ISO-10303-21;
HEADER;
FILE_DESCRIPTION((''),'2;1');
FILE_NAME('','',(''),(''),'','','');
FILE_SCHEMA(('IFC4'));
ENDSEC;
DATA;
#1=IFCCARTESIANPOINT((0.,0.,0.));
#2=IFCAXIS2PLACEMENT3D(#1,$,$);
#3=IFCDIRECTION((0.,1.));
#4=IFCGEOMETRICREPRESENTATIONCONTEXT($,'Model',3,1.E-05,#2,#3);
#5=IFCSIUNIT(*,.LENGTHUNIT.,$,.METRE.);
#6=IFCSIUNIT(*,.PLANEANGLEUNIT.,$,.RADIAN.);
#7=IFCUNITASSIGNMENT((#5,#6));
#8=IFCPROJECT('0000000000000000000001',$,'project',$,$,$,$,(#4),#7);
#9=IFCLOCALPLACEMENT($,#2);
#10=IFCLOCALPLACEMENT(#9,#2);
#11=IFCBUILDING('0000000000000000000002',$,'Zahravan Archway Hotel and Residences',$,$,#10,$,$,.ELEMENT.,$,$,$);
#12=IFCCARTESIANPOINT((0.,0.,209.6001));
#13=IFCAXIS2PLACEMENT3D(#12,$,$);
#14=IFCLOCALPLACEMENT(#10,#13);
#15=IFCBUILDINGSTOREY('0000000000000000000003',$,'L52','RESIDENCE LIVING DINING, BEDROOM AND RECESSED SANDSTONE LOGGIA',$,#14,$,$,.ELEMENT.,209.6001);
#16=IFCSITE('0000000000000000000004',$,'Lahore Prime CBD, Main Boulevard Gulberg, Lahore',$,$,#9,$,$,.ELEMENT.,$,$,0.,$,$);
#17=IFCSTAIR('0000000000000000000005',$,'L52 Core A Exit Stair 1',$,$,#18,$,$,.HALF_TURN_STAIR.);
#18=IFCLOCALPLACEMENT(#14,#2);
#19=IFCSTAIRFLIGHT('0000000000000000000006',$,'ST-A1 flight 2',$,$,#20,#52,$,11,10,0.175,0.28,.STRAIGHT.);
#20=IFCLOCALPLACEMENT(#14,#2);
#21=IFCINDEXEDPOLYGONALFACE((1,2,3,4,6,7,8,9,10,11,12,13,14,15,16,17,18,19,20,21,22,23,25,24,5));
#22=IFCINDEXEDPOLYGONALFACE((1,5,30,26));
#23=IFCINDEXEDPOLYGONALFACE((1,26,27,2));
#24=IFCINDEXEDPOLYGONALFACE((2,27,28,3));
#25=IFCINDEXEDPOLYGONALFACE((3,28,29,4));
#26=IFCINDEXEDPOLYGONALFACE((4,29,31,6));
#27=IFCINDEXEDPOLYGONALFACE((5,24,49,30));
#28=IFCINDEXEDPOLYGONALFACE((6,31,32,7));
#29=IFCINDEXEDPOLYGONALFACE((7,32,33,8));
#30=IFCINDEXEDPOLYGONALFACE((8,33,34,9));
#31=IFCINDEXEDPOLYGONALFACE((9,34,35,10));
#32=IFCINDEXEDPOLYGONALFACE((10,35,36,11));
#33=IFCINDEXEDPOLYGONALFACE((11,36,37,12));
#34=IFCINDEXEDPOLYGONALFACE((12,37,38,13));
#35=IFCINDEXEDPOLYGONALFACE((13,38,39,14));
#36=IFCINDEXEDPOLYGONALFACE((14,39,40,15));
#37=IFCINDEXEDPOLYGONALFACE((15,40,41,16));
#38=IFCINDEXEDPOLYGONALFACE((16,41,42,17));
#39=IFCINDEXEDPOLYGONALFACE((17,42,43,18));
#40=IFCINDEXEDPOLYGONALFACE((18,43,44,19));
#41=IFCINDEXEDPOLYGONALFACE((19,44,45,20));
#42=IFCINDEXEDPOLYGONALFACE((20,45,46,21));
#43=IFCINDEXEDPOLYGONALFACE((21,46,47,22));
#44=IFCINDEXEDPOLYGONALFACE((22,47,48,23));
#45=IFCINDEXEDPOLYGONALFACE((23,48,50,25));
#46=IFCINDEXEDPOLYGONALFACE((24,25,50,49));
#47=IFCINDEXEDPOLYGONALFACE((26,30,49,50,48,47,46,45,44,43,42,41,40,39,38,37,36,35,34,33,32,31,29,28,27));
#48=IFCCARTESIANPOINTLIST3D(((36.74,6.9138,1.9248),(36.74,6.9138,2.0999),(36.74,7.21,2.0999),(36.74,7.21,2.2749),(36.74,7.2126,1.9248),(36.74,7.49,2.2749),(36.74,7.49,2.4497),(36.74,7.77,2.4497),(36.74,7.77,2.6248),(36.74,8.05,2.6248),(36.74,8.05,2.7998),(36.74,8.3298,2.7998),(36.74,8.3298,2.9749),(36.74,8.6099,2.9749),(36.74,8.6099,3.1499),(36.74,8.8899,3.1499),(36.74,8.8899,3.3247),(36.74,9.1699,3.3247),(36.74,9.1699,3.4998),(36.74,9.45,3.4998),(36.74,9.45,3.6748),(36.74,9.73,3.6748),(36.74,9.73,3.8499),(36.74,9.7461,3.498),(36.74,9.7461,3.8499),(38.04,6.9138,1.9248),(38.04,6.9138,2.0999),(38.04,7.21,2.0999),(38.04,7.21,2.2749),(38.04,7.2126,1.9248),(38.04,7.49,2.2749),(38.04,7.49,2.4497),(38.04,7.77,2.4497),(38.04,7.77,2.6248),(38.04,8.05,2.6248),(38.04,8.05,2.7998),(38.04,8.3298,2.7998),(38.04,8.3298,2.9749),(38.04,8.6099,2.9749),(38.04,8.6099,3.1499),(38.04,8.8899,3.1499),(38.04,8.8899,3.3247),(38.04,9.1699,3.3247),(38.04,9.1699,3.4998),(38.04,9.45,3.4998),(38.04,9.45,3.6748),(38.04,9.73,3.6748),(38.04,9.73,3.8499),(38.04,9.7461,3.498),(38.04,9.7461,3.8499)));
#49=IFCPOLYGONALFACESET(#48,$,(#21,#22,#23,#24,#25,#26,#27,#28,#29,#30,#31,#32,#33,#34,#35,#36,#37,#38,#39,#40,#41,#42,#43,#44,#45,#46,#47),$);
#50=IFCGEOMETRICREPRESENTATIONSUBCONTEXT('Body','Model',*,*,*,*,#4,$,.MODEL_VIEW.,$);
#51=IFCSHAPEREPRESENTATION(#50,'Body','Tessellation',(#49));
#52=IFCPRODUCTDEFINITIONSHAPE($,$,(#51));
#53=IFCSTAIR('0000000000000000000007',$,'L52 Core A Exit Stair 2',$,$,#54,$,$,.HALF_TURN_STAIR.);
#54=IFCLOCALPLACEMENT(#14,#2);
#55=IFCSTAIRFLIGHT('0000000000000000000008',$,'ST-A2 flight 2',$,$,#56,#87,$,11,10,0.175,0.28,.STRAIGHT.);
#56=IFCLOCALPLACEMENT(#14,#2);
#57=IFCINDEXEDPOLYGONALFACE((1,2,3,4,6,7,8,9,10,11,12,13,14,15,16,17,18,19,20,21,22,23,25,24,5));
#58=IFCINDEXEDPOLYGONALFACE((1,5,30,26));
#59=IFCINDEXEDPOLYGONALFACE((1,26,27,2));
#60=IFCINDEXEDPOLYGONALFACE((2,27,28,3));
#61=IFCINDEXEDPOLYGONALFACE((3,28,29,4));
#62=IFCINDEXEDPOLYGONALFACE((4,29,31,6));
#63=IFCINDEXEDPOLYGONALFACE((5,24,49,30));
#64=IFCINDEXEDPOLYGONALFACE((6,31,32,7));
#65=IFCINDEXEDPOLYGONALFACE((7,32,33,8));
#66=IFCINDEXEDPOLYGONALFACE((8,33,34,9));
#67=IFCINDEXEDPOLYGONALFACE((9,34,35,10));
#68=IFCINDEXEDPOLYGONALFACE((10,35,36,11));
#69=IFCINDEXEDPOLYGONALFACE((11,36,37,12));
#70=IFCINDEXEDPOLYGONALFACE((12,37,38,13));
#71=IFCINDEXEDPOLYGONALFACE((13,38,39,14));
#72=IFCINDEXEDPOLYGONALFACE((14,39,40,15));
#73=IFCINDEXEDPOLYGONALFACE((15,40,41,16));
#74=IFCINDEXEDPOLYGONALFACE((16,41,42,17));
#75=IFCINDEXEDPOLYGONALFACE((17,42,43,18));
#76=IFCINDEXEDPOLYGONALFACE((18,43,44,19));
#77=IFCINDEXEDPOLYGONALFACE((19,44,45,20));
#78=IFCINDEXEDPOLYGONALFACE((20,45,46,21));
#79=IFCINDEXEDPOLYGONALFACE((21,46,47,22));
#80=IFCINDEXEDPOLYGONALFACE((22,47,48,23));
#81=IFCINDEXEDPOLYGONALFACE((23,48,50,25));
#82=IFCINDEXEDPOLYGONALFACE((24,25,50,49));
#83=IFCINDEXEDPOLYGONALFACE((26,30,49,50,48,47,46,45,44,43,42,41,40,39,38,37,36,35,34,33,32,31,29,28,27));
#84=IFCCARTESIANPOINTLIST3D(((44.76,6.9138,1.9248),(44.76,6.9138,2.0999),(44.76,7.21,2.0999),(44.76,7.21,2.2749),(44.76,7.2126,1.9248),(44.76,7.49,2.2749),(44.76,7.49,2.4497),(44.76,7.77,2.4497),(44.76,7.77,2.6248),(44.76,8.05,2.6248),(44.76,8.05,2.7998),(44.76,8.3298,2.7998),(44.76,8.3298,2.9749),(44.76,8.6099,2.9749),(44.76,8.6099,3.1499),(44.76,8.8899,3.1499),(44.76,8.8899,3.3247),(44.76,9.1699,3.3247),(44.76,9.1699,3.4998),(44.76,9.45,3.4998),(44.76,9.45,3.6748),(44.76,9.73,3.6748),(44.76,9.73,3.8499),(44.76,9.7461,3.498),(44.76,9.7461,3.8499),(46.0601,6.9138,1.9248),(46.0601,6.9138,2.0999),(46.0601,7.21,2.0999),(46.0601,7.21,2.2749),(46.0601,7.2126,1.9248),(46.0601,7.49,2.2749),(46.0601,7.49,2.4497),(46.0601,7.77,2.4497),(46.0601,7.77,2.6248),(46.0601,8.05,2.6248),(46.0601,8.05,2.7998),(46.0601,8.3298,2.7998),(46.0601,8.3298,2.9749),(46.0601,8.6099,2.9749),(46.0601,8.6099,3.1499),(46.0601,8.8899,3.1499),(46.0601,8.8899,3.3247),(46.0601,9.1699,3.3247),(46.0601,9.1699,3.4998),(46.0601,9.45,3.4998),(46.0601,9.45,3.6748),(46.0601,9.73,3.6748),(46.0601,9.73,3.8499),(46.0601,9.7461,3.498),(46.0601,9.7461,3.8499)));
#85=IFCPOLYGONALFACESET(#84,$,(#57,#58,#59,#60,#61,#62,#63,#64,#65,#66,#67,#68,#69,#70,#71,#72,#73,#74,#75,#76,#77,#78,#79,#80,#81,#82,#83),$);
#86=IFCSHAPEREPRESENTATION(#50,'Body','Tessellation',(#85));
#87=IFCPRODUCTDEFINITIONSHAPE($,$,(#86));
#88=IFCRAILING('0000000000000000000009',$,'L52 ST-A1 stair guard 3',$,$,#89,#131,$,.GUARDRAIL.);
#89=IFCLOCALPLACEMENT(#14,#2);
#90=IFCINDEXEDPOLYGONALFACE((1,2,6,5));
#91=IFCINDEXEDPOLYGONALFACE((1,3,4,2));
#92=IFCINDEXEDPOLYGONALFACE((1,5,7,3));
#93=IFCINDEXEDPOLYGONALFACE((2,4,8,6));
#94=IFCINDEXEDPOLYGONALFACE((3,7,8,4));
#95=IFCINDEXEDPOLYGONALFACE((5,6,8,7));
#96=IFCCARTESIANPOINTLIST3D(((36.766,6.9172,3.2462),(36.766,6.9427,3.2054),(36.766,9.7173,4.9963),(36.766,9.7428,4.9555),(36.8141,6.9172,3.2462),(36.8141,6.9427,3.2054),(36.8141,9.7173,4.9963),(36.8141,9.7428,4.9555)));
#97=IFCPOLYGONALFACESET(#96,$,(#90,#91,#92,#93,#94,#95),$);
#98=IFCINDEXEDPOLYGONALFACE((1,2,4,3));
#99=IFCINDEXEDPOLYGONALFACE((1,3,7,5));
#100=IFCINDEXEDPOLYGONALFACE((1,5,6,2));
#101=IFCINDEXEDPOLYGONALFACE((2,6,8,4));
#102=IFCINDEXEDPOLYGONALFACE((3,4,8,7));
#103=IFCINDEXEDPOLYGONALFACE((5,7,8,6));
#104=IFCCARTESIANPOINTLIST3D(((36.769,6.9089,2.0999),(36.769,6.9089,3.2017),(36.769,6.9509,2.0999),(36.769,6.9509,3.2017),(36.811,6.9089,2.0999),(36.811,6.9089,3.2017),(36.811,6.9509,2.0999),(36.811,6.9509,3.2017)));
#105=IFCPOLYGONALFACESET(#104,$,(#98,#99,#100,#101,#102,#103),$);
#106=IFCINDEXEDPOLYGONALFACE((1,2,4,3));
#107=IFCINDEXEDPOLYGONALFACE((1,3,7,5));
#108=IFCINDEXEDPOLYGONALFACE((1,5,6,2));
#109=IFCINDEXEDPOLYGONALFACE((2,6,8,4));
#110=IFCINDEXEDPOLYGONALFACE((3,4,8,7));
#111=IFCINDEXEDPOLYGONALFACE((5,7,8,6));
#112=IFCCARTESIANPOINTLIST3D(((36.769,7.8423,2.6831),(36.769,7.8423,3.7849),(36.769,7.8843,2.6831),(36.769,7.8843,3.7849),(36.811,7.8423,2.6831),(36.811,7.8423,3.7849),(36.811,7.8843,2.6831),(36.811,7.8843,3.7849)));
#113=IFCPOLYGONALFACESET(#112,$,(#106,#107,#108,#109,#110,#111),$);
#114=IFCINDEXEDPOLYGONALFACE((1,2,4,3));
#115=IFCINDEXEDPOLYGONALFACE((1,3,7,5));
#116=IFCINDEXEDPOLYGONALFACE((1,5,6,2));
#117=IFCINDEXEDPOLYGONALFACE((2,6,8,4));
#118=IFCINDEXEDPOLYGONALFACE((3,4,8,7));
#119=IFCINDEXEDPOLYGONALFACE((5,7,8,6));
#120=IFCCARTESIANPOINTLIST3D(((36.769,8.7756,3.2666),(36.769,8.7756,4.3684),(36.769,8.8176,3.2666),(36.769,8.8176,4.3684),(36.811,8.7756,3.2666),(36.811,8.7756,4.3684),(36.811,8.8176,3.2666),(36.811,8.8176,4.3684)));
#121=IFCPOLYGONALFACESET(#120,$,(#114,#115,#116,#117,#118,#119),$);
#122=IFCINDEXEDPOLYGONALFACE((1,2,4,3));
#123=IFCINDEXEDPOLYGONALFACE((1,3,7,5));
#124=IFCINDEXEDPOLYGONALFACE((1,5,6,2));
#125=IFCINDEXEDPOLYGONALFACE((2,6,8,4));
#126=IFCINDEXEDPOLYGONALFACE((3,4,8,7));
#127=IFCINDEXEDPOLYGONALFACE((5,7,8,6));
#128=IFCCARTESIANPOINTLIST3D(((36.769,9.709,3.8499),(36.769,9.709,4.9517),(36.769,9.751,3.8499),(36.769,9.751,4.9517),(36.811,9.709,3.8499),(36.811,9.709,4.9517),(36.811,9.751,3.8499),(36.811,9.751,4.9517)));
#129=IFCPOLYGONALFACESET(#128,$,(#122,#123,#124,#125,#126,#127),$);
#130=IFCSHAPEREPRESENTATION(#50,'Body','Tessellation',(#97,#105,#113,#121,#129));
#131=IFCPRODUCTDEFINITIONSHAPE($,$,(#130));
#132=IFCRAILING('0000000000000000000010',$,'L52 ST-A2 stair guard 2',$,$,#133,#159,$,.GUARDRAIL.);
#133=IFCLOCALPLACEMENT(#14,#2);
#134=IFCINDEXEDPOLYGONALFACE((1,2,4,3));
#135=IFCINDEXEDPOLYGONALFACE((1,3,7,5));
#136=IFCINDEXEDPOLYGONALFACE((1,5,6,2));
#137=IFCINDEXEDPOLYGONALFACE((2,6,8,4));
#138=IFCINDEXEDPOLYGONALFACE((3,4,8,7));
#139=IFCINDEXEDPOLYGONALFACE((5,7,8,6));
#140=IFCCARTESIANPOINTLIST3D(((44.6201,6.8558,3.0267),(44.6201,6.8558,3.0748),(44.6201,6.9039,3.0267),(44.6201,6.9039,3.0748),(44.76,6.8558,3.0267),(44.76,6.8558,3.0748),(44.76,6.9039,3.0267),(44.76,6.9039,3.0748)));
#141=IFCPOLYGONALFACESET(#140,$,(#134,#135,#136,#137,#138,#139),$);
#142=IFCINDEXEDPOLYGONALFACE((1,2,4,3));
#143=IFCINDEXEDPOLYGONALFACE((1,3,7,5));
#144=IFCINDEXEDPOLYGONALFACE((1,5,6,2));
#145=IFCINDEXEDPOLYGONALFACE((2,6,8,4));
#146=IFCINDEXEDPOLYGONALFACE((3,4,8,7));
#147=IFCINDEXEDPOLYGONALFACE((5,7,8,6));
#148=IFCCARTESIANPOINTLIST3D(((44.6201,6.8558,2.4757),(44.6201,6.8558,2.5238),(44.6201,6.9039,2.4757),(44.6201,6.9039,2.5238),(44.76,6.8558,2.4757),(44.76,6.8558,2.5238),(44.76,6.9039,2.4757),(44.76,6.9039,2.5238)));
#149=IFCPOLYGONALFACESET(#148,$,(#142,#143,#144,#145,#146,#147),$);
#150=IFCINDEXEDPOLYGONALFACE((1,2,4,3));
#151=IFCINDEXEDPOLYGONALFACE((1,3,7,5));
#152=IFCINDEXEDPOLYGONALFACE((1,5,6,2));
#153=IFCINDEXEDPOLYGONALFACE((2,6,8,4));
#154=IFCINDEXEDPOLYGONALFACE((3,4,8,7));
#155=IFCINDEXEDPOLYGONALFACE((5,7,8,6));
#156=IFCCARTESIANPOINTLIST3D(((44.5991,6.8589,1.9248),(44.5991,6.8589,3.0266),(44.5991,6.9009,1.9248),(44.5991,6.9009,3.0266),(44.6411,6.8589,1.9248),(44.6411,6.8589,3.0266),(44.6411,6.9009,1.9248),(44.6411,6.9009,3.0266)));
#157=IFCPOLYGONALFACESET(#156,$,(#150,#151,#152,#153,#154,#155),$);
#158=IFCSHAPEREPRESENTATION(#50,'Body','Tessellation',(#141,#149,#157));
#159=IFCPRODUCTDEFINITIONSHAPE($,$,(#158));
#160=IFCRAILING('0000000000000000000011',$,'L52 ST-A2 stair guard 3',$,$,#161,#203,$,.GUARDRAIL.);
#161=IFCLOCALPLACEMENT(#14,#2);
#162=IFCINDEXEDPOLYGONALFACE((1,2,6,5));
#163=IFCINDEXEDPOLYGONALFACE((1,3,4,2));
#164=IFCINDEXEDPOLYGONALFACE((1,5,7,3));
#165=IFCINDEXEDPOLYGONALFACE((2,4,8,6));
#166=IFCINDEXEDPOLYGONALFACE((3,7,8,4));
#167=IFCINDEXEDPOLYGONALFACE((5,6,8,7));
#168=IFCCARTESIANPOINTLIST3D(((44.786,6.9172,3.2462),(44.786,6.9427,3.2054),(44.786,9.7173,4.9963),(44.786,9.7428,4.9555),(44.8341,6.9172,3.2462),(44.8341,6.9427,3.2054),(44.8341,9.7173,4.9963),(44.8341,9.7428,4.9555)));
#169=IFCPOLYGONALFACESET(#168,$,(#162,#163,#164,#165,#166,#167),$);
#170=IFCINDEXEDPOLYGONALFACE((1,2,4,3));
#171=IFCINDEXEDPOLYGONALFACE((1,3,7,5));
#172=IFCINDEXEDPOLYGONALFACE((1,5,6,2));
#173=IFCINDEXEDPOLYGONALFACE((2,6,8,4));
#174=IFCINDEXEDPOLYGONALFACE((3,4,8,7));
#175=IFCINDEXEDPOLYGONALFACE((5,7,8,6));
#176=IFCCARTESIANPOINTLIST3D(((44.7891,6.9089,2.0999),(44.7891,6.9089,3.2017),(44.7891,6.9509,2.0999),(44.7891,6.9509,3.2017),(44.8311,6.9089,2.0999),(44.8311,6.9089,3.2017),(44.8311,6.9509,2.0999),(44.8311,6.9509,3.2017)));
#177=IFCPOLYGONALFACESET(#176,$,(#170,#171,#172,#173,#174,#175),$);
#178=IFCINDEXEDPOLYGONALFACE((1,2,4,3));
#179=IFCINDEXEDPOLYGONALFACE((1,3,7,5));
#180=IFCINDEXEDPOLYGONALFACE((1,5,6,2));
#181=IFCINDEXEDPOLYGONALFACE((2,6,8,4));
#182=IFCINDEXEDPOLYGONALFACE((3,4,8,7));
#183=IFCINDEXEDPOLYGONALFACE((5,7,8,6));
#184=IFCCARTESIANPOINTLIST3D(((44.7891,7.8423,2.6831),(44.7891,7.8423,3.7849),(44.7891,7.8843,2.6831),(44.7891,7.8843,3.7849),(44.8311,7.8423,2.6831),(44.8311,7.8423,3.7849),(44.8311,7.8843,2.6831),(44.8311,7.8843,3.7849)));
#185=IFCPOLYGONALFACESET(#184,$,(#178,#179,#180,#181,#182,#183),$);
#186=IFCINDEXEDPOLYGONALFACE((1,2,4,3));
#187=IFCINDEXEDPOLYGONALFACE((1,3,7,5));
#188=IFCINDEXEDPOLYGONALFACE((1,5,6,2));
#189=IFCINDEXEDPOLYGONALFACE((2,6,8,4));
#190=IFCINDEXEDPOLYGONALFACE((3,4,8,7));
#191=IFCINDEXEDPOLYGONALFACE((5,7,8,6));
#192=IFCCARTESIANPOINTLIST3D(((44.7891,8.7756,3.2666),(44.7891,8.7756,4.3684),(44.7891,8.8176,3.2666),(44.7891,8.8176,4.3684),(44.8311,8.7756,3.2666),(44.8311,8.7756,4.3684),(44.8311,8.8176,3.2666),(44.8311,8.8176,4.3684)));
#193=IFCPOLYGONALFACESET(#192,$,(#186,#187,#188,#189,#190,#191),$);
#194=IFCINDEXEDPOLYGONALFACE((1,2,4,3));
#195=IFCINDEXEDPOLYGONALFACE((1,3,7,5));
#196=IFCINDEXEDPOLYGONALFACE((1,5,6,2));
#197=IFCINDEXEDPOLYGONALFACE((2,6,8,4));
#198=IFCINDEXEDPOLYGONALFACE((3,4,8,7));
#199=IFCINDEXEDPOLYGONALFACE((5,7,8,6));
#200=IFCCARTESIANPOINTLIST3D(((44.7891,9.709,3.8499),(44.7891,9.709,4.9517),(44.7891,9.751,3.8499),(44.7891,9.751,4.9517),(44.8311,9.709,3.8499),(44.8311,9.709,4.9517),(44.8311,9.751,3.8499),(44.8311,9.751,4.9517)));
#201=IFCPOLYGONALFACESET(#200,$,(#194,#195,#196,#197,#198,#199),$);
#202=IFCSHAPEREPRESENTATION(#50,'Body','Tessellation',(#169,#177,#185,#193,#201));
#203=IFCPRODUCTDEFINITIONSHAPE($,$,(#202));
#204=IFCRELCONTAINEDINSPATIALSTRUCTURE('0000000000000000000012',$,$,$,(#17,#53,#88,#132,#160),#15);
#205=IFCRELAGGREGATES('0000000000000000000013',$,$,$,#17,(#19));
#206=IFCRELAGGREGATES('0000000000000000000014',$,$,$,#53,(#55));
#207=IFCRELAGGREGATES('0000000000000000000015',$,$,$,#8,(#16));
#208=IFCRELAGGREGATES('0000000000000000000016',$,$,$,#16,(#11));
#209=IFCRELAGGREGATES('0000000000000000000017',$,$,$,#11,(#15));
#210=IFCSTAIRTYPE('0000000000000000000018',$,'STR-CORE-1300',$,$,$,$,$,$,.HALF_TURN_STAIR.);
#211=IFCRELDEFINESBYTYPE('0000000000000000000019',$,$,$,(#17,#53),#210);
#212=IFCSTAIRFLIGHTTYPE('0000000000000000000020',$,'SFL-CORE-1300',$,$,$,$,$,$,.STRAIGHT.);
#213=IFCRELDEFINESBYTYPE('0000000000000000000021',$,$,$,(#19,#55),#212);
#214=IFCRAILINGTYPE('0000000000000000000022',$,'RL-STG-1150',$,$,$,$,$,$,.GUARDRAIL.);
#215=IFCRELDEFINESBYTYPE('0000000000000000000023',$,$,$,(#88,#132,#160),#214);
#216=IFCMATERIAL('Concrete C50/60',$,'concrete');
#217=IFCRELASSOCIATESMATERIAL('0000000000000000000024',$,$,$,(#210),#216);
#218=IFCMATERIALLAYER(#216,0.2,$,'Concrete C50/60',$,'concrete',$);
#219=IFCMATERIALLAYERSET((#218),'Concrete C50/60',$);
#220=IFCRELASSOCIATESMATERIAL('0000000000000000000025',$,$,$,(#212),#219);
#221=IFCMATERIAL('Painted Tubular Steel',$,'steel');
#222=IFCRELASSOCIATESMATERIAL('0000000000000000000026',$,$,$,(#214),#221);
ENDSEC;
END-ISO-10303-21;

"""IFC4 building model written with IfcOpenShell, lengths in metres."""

from ifc_helpers import new_model, si_unit, direction, frame, origin, origin_2d, place, context, subcontext, project, spatial, polyline, rectangle, outline, extrude, source, transform, mapped, material, layer, layer_set, type_object, element, aggregate, save


model = new_model("IFC4")

# Units and contexts
model_context = context("Model", 3, precision=1e-05, world=origin(), true_north=direction((0.0, 1.0)))
body_context = subcontext(model_context, "Body", "Model", "MODEL_VIEW")
ifc_project = project(units=[si_unit("LENGTHUNIT", "METRE"), si_unit("PLANEANGLEUNIT", "RADIAN")], contexts=[model_context])

# Site, building, storey
site_placement = place(None, origin())
site = spatial("IfcSite", under=ifc_project, at=site_placement, Name="Lahore Prime CBD, Main Boulevard Gulberg, Lahore", CompositionType="ELEMENT", RefElevation=0.0)
building_placement = place(site_placement, origin())
building = spatial("IfcBuilding", under=site, at=building_placement, Name="Zahravan Archway Hotel and Residences", CompositionType="ELEMENT")
storey_placement = place(building_placement, frame((0.0, 0.0, 209.6001)))
storey = spatial("IfcBuildingStorey", under=building, at=storey_placement, Name="L52", Description="RESIDENCE LIVING DINING, BEDROOM AND RECESSED SANDSTONE LOGGIA", CompositionType="ELEMENT", Elevation=209.6001)

# Shared definitions
ifc_material_1 = material(Name="Concrete C50/60", Category="concrete")

# Stairs, stair flights
stair_type = type_object("IfcStairType", Name="STR-CORE-1300", PredefinedType="HALF_TURN_STAIR", material=ifc_material_1)
stair_1_placement = place(storey_placement, origin())
stair_1 = element("IfcStair", 1, at=stair_1_placement, inside=storey, type_object=stair_type, Name="L52 Core A Exit Stair 1", PredefinedType="HALF_TURN_STAIR")
ifc_layer_1 = layer(ifc_material_1, 0.2, Name="Concrete C50/60", Category="concrete")
ifc_layer_set_1 = layer_set([ifc_layer_1], Name="Concrete C50/60")
stair_flight_type = type_object("IfcStairFlightType", Name="SFL-CORE-1300", PredefinedType="STRAIGHT", material=ifc_layer_set_1)
shared_shape_1 = source(origin(), body_context, "Body", "SweptSolid", [
    extrude(outline(polyline([(-0.0161, 0.0), (-0.0161, 0.175), (0.28, 0.175), (0.28, 0.3501), (0.5601, 0.3501), (0.5601, 0.5249), (0.8401, 0.5249), (0.8401, 0.7), (1.1201, 0.7), (1.1201, 0.875), (1.3999, 0.875), (1.3999, 1.05), (1.6799, 1.05), (1.6799, 1.2251), (1.96, 1.2251), (1.96, 1.3999), (2.24, 1.3999), (2.24, 1.575), (2.52, 1.575), (2.52, 1.75), (2.8, 1.75), (2.8, 1.925), (2.8162, 1.925), (2.8162, 1.5732), (0.2827, 0.0), (-0.0161, 0.0)])), frame((0.0, 0.6499, 0.0), z_axis=(0.0, -1.0, 0.0), x_axis=(1.0, 0.0, 0.0)), (0.0, 0.0, 1.0), 1.3),
])
stair_flight_1_placement = place(storey_placement, frame((37.3899, 6.9299, 1.9248), z_axis=(0.0, 0.0, 1.0), x_axis=(0.0, 1.0, 0.0)))
stair_flight_1 = element("IfcStairFlight", 2, at=stair_flight_1_placement, type_object=stair_flight_type, Name="ST-A1 flight 2", NumberOfRisers=11, NumberOfTreads=10, PredefinedType="STRAIGHT", RiserHeight=0.175, TreadLength=0.28, context=body_context, shape_type="MappedRepresentation", body=[
    mapped(shared_shape_1, transform((0.0, 0.0, 0.0), scale=1.0)),
])
aggregate(stair_1, [stair_flight_1])
stair_2_placement = place(storey_placement, origin())
stair_2 = element("IfcStair", 3, at=stair_2_placement, inside=storey, type_object=stair_type, Name="L52 Core A Exit Stair 2", PredefinedType="HALF_TURN_STAIR")
stair_flight_2_placement = place(storey_placement, frame((45.4099, 6.9299, 1.9248), z_axis=(0.0, 0.0, 1.0), x_axis=(0.0, 1.0, 0.0)))
stair_flight_2 = element("IfcStairFlight", 4, at=stair_flight_2_placement, type_object=stair_flight_type, Name="ST-A2 flight 2", NumberOfRisers=11, NumberOfTreads=10, PredefinedType="STRAIGHT", RiserHeight=0.175, TreadLength=0.28, context=body_context, shape_type="MappedRepresentation", body=[
    mapped(shared_shape_1, transform((0.0, 0.0, 0.0), scale=1.0)),
])
aggregate(stair_2, [stair_flight_2])

# Railings
ifc_material_2 = material(Name="Painted Tubular Steel", Category="steel")
railing_type_1 = type_object("IfcRailingType", Name="RL-STG-1150", PredefinedType="GUARDRAIL", material=ifc_material_2)
railing_1_placement = place(storey_placement, frame((36.79, 6.9299, 2.0999)))
element("IfcRailing", 5, at=railing_1_placement, inside=storey, type_object=railing_type_1, Name="L52 ST-A1 stair guard 3", PredefinedType="GUARDRAIL", context=body_context, shape_type="SweptSolid", body=[
    extrude(rectangle(XDim=0.0481, YDim=0.0481, at=origin_2d()), frame((0.0, 0.0, 1.126), z_axis=(0.0, 0.848002, 0.529992), x_axis=(-1.0, 0.0, 0.0)), (0.0, 0.0, 1.0), 3.302),
    extrude(rectangle(XDim=0.042, YDim=0.042, at=origin_2d()), origin(), (0.0, 0.0, 1.0), 1.1018),
    extrude(rectangle(XDim=0.042, YDim=0.042, at=origin_2d()), frame((0.0, 0.9333, 0.5833)), (0.0, 0.0, 1.0), 1.1018),
    extrude(rectangle(XDim=0.042, YDim=0.042, at=origin_2d()), frame((0.0, 1.8667, 1.1667)), (0.0, 0.0, 1.0), 1.1018),
    extrude(rectangle(XDim=0.042, YDim=0.042, at=origin_2d()), frame((0.0, 2.8, 1.75)), (0.0, 0.0, 1.0), 1.1018),
])
railing_2_placement = place(storey_placement, frame((44.6201, 6.8799, 1.9248)))
element("IfcRailing", 6, at=railing_2_placement, inside=storey, type_object=railing_type_1, Name="L52 ST-A2 stair guard 2", PredefinedType="GUARDRAIL", context=body_context, shape_type="SweptSolid", body=[
    extrude(rectangle(XDim=0.0481, YDim=0.0481, at=origin_2d()), frame((0.0, 0.0, 1.126), z_axis=(1.0, 0.0, 0.0), x_axis=(0.0, 1.0, 0.0)), (0.0, 0.0, 1.0), 0.1399),
    extrude(rectangle(XDim=0.0481, YDim=0.0481, at=origin_2d()), frame((0.0, 0.0, 0.575), z_axis=(1.0, 0.0, 0.0), x_axis=(0.0, 1.0, 0.0)), (0.0, 0.0, 1.0), 0.1399),
    extrude(rectangle(XDim=0.042, YDim=0.042, at=origin_2d()), origin(), (0.0, 0.0, 1.0), 1.1018),
])
railing_3_placement = place(storey_placement, frame((44.8101, 6.9299, 2.0999)))
element("IfcRailing", 7, at=railing_3_placement, inside=storey, type_object=railing_type_1, Name="L52 ST-A2 stair guard 3", PredefinedType="GUARDRAIL", context=body_context, shape_type="SweptSolid", body=[
    extrude(rectangle(XDim=0.0481, YDim=0.0481, at=origin_2d()), frame((0.0, 0.0, 1.126), z_axis=(0.0, 0.848002, 0.529992), x_axis=(-1.0, 0.0, 0.0)), (0.0, 0.0, 1.0), 3.302),
    extrude(rectangle(XDim=0.042, YDim=0.042, at=origin_2d()), origin(), (0.0, 0.0, 1.0), 1.1018),
    extrude(rectangle(XDim=0.042, YDim=0.042, at=origin_2d()), frame((0.0, 0.9333, 0.5833)), (0.0, 0.0, 1.0), 1.1018),
    extrude(rectangle(XDim=0.042, YDim=0.042, at=origin_2d()), frame((0.0, 1.8667, 1.1667)), (0.0, 0.0, 1.0), 1.1018),
    extrude(rectangle(XDim=0.042, YDim=0.042, at=origin_2d()), frame((0.0, 2.8, 1.75)), (0.0, 0.0, 1.0), 1.1018),
])

save(model, "model.ifc")
